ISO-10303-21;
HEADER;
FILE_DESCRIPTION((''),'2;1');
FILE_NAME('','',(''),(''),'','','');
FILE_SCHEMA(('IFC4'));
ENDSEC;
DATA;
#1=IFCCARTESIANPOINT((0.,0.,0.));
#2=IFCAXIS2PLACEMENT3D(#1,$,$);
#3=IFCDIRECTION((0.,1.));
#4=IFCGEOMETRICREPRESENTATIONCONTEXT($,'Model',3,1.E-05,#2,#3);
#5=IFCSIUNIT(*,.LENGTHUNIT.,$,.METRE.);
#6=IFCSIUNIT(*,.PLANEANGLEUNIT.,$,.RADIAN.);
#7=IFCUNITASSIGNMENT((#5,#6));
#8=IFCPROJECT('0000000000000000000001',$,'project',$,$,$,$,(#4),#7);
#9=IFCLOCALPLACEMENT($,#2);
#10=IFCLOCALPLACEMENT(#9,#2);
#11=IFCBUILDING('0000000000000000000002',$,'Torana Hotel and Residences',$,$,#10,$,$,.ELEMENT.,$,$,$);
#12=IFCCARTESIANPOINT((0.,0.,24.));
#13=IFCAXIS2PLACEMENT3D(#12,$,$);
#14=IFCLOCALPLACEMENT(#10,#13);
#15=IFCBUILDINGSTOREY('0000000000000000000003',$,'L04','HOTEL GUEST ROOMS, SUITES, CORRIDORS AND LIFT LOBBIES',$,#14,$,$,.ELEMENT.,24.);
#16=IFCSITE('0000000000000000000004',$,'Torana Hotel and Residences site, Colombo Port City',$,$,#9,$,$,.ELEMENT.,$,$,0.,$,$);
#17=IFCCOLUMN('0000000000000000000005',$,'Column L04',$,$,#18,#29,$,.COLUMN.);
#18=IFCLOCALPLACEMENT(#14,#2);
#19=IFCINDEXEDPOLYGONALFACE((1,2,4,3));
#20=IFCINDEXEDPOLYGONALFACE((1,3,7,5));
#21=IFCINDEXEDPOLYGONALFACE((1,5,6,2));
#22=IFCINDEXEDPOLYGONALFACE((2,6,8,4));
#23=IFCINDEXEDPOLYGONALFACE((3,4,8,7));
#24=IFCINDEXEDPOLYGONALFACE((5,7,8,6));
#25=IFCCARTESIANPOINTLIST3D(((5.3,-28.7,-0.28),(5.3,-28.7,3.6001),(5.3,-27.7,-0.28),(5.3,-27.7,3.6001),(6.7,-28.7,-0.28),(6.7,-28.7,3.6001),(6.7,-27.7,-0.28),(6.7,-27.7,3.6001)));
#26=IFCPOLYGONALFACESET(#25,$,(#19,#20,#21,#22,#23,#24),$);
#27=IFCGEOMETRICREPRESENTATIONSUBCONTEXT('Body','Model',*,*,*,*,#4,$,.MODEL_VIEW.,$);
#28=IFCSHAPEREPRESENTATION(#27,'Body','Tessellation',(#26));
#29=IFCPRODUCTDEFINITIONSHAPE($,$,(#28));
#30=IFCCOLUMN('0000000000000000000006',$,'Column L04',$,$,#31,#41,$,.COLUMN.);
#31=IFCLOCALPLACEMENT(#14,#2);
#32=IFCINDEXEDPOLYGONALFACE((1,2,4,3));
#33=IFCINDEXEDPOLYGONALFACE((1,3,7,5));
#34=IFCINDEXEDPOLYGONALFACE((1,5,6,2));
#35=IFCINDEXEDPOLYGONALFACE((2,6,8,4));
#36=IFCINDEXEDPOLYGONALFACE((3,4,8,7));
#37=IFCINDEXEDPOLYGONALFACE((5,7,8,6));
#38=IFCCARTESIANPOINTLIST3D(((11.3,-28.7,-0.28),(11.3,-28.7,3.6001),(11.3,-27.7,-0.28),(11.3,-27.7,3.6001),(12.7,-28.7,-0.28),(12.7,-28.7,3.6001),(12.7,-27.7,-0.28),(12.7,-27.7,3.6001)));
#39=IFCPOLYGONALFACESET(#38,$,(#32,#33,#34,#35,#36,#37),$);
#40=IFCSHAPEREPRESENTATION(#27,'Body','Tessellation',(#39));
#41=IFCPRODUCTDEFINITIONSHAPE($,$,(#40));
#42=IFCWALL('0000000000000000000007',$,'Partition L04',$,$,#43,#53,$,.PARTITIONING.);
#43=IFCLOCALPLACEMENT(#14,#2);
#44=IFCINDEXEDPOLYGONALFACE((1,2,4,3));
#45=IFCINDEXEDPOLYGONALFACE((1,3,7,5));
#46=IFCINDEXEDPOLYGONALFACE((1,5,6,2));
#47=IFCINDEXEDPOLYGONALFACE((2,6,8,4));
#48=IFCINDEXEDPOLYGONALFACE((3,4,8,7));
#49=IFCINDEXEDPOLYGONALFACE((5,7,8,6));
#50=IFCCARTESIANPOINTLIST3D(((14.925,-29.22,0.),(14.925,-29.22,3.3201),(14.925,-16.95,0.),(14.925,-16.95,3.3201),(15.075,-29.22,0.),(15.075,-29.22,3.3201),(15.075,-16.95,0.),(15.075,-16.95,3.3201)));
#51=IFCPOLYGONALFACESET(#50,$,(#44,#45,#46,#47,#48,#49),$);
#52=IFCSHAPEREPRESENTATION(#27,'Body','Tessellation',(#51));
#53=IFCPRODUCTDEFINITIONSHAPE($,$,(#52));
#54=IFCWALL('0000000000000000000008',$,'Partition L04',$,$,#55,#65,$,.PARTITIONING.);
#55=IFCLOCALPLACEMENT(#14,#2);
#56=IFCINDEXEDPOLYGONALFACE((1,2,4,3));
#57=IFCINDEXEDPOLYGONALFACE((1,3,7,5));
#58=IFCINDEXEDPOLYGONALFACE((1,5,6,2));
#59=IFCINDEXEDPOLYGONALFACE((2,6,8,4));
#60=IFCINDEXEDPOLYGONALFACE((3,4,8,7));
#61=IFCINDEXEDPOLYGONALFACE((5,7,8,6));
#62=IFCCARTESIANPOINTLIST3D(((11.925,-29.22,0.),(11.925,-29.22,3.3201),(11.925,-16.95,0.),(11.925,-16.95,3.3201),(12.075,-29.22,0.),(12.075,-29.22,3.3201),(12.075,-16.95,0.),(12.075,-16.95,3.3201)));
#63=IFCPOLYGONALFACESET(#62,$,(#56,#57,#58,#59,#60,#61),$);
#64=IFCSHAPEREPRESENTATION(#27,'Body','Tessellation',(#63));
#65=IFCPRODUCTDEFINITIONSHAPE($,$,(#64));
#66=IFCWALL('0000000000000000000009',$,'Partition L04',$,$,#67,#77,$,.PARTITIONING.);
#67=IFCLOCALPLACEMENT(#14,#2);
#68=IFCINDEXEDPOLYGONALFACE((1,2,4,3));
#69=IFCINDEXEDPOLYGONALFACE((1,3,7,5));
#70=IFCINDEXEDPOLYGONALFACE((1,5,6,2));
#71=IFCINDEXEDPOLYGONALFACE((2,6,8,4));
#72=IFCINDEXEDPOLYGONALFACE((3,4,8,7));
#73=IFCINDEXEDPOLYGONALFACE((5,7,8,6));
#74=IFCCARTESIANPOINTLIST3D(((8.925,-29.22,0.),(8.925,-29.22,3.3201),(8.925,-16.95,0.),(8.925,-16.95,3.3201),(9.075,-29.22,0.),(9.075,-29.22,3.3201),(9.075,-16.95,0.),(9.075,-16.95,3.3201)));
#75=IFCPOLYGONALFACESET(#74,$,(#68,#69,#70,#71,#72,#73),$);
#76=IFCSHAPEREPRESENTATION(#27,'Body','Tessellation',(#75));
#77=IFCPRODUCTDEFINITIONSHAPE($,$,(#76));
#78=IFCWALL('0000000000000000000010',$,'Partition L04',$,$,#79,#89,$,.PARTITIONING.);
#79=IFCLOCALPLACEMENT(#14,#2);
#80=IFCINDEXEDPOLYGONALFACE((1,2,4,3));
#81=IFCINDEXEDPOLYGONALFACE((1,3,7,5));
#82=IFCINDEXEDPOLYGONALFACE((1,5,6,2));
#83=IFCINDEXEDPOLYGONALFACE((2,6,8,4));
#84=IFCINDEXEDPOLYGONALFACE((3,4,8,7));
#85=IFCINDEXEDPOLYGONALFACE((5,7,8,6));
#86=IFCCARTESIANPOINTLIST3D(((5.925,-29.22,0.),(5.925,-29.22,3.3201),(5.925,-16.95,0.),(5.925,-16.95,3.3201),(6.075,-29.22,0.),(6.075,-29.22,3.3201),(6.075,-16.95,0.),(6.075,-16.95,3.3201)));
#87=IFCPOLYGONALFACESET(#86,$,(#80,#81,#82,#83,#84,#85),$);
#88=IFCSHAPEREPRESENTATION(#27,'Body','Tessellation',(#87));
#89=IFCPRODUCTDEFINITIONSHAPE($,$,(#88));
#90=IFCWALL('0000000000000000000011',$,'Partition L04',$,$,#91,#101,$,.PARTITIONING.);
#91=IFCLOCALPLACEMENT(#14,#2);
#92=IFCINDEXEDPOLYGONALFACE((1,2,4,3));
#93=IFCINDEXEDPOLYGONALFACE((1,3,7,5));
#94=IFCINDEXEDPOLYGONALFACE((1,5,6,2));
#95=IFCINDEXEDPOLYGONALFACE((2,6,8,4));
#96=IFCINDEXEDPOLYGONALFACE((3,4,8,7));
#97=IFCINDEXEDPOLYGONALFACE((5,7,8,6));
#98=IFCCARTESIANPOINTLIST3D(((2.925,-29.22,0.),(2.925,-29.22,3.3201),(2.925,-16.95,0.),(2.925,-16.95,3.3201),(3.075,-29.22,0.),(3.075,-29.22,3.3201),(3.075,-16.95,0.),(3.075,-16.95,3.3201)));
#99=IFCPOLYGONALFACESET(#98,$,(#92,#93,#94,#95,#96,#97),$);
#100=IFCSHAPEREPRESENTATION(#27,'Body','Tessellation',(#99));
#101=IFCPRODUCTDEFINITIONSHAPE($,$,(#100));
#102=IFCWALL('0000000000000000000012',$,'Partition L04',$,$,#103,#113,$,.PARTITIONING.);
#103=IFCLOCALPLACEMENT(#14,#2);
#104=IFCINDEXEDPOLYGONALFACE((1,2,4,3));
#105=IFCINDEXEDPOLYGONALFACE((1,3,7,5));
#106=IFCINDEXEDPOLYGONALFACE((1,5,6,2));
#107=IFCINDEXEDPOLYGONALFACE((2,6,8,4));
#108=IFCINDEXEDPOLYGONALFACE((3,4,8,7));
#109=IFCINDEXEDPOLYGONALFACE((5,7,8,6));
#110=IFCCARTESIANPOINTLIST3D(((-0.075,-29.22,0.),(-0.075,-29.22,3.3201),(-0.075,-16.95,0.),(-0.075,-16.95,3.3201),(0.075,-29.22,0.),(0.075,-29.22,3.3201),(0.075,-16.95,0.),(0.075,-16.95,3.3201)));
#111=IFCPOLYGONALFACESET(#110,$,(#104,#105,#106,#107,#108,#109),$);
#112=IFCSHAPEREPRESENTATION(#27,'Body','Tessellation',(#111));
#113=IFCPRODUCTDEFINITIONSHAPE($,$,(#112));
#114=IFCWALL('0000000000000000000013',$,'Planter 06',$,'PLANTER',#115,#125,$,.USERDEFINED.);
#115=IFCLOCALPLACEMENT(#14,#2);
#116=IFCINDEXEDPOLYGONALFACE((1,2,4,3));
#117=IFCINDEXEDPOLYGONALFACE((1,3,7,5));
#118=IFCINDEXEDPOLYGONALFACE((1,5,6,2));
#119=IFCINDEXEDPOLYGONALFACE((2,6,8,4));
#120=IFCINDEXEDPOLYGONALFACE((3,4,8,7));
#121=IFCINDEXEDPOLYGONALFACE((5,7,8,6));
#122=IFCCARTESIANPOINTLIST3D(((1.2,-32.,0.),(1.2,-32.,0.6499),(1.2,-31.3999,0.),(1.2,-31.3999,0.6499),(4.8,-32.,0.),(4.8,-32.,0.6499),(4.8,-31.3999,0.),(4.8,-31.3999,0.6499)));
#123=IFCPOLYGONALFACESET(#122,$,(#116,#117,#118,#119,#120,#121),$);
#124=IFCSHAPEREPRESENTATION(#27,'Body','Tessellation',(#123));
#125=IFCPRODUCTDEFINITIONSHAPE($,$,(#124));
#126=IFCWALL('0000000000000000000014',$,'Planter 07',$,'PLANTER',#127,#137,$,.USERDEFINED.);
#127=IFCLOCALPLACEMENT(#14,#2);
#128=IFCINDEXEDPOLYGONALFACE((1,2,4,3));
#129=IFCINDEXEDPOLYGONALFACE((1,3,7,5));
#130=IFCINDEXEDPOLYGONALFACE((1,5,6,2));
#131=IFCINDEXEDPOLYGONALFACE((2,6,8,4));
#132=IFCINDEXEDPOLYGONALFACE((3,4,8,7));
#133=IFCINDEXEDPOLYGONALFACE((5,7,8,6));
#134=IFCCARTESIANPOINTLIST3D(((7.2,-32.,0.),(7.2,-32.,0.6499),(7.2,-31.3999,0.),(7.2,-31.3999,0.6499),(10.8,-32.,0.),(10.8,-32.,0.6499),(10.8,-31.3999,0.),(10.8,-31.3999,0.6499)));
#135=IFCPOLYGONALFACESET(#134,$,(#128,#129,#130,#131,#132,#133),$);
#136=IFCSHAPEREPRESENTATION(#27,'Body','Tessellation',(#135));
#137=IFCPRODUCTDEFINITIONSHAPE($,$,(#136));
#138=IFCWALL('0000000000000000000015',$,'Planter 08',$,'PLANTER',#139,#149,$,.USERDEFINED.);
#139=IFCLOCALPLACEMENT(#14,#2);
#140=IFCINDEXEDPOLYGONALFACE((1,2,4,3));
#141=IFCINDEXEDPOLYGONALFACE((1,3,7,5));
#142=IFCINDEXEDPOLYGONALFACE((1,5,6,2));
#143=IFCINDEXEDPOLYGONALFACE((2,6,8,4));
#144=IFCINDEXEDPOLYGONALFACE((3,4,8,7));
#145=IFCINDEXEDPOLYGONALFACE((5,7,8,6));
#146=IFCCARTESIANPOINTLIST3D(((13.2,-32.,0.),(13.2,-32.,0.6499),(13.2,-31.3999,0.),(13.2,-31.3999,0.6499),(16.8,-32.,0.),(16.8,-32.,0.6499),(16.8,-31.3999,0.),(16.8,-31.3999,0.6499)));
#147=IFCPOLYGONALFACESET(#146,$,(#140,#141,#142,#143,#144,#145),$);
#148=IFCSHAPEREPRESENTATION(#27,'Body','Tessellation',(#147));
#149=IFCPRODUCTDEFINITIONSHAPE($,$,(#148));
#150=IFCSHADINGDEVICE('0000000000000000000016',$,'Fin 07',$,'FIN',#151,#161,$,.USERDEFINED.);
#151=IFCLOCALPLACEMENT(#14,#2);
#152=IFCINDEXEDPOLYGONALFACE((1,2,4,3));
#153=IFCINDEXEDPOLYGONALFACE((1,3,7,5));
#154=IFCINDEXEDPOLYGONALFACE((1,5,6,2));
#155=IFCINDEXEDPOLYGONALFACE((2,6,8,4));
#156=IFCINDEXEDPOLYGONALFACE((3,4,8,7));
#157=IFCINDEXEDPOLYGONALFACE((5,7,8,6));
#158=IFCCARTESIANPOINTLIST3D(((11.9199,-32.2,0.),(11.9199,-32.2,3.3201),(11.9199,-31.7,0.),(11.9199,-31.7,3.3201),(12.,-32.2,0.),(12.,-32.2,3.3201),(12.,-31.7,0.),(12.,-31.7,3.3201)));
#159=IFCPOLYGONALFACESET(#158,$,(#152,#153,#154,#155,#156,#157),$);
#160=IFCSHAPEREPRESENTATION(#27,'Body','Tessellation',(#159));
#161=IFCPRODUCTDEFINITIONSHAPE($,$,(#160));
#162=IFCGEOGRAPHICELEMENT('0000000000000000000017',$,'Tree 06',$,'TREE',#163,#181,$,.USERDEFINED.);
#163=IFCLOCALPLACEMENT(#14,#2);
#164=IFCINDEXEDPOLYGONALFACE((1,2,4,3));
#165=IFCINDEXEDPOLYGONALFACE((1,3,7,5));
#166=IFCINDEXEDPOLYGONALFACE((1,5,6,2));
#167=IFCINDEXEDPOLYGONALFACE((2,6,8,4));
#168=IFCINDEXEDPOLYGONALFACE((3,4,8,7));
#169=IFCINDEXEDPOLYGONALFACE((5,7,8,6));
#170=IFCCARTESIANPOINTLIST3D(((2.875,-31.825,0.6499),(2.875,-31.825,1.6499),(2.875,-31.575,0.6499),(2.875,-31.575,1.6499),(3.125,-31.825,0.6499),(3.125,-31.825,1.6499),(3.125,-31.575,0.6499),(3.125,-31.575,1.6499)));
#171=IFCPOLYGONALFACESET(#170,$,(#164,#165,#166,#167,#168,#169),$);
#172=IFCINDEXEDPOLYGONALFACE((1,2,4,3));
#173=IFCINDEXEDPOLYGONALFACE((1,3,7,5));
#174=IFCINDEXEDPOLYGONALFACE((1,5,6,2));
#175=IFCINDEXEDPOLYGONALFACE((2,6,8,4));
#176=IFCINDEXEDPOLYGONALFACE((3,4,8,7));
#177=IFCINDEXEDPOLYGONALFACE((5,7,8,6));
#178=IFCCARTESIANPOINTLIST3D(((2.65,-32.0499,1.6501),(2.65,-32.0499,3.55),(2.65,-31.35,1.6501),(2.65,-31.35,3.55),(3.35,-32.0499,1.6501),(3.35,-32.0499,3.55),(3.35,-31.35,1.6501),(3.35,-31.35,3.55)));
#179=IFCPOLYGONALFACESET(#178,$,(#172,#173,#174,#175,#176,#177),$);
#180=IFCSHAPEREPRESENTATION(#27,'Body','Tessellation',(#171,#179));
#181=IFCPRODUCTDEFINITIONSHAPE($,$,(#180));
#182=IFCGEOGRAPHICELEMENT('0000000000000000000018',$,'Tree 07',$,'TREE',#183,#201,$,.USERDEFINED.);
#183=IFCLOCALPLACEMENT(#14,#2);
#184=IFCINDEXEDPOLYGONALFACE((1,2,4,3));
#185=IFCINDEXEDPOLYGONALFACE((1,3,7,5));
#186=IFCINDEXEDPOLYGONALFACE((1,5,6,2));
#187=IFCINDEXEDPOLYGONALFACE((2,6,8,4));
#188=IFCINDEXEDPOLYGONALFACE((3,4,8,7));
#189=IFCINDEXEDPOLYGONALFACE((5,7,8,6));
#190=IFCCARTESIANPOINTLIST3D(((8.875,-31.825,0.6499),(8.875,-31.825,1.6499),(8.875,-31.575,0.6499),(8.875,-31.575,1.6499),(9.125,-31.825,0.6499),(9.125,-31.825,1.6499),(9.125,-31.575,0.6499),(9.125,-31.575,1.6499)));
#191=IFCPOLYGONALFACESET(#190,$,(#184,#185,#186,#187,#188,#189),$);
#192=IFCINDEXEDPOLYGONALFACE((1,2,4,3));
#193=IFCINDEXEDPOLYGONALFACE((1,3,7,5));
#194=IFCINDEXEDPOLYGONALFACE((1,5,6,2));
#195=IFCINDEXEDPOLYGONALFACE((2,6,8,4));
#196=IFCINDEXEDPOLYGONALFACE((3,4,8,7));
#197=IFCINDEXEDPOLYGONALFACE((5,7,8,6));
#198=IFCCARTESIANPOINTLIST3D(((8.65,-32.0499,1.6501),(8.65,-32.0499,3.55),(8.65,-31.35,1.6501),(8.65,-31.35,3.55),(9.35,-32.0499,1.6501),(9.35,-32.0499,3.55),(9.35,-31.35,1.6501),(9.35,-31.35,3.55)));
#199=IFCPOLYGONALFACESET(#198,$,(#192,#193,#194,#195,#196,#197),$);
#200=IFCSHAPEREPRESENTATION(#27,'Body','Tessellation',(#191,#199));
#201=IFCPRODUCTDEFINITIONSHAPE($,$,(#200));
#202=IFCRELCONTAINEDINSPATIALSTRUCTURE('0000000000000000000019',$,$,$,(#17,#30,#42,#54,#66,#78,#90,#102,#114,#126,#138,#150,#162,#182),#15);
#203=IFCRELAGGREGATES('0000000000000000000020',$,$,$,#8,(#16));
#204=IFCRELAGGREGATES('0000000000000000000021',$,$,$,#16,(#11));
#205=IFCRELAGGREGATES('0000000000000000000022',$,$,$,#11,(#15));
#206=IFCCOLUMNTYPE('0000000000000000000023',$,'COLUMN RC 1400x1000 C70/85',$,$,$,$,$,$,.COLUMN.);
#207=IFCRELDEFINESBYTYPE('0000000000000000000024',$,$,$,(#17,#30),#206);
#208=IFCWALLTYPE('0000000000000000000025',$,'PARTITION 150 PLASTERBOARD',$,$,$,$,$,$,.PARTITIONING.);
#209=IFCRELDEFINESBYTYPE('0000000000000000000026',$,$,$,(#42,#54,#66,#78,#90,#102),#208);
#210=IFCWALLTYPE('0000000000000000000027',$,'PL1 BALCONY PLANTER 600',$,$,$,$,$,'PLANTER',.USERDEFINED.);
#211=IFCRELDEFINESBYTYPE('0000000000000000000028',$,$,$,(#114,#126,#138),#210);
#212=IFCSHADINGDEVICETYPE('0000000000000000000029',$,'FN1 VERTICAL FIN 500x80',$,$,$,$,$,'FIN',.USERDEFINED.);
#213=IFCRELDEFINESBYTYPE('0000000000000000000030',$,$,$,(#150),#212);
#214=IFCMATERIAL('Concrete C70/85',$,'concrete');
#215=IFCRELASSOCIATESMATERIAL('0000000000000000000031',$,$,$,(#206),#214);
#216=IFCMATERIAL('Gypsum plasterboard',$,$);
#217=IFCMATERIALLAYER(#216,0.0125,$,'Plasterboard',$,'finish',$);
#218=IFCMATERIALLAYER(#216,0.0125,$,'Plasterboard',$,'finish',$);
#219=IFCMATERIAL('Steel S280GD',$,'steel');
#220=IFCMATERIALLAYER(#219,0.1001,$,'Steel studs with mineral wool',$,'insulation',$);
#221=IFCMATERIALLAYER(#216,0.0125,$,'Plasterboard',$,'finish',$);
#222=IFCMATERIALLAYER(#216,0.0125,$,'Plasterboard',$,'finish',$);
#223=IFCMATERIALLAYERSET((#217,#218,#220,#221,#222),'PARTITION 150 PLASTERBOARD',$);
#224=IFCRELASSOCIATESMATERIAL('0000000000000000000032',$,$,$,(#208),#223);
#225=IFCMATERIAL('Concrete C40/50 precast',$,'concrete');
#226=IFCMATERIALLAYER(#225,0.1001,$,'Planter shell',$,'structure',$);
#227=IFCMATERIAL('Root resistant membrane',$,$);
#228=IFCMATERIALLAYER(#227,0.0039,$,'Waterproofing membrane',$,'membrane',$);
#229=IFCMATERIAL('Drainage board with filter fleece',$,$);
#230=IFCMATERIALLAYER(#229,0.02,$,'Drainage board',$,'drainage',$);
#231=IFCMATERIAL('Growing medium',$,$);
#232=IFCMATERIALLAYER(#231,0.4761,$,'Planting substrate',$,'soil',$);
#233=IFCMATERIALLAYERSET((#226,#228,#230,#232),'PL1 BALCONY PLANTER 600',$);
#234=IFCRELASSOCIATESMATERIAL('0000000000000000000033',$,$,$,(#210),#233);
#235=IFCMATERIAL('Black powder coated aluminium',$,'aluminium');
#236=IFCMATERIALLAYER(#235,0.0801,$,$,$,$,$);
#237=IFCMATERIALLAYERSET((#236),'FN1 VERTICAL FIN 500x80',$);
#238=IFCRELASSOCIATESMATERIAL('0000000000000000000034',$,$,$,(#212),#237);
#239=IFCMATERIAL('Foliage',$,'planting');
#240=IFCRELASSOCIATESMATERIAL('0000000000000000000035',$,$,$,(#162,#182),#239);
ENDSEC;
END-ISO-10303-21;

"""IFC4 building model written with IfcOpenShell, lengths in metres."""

from ifc_helpers import new_model, si_unit, direction, frame, frame_2d, origin, origin_2d, place, context, subcontext, project, spatial, rectangle, extrude, material, layer, layer_set, material_profile, profile_set, type_object, element, save


model = new_model("IFC4")

# Units and contexts
model_context = context("Model", 3, precision=1e-05, world=origin(), true_north=direction((0.0, 1.0)))
body_context = subcontext(model_context, "Body", "Model", "MODEL_VIEW")
ifc_project = project(units=[si_unit("LENGTHUNIT", "METRE"), si_unit("PLANEANGLEUNIT", "RADIAN")], contexts=[model_context])

# Site, building, storey
site_placement = place(None, origin())
site = spatial("IfcSite", under=ifc_project, at=site_placement, Name="Torana Hotel and Residences site, Colombo Port City", CompositionType="ELEMENT", RefElevation=0.0)
building_placement = place(site_placement, origin())
building = spatial("IfcBuilding", under=site, at=building_placement, Name="Torana Hotel and Residences", CompositionType="ELEMENT")
storey_placement = place(building_placement, frame((0.0, 0.0, 24.0)))
storey = spatial("IfcBuildingStorey", under=building, at=storey_placement, Name="L04", Description="HOTEL GUEST ROOMS, SUITES, CORRIDORS AND LIFT LOBBIES", CompositionType="ELEMENT", Elevation=24.0)

# Columns
ifc_material_1 = material(Name="Concrete C70/85", Category="concrete")
ifc_material_profile = material_profile(ifc_material_1, rectangle(XDim=1.3999, YDim=1.0, at=origin_2d()), Name="RC 1400x1000")
ifc_profile_set = profile_set([ifc_material_profile], Name="Concrete C70/85")
column_type = type_object("IfcColumnType", Name="COLUMN RC 1400x1000 C70/85", PredefinedType="COLUMN", material=ifc_profile_set)
for number, where, z_axis, x_axis, name in (
    (1, (6.0, -28.2, -0.28), (0.0, 0.0, 1.0), (1.0, 0.0, 0.0), "Column L04"),
    (2, (12.0, -28.2, -0.28), (0.0, 0.0, 1.0), (1.0, 0.0, 0.0), "Column L04"),
):
    element("IfcColumn", number, at=place(storey_placement, frame(where, z_axis=z_axis, x_axis=x_axis)), inside=storey, type_object=column_type, Name=name, PredefinedType="COLUMN", context=body_context, shape_type="SweptSolid", body=[
        extrude(rectangle(XDim=1.3999, YDim=1.0, at=origin_2d()), origin(), (0.0, 0.0, 1.0), 3.8801),
    ])

# Walls
ifc_material_2 = material(Name="Gypsum plasterboard")
ifc_layer_1 = layer(ifc_material_2, 0.0125, Name="Plasterboard", Category="finish")
ifc_layer_2 = layer(ifc_material_2, 0.0125, Name="Plasterboard", Category="finish")
ifc_material_3 = material(Name="Steel S280GD", Category="steel")
ifc_layer_3 = layer(ifc_material_3, 0.1001, Name="Steel studs with mineral wool", Category="insulation")
ifc_layer_4 = layer(ifc_material_2, 0.0125, Name="Plasterboard", Category="finish")
ifc_layer_5 = layer(ifc_material_2, 0.0125, Name="Plasterboard", Category="finish")
ifc_layer_set_1 = layer_set([ifc_layer_1, ifc_layer_2, ifc_layer_3, ifc_layer_4, ifc_layer_5], Name="PARTITION 150 PLASTERBOARD")
wall_type_1 = type_object("IfcWallType", Name="PARTITION 150 PLASTERBOARD", PredefinedType="PARTITIONING", material=ifc_layer_set_1)
for number, where, z_axis, x_axis, name in (
    (3, (15.0, -29.22, 0.0), (0.0, 0.0, 1.0), (0.0, 1.0, 0.0), "Partition L04"),
    (4, (12.0, -29.22, 0.0), (0.0, 0.0, 1.0), (0.0, 1.0, 0.0), "Partition L04"),
    (5, (9.0, -29.22, 0.0), (0.0, 0.0, 1.0), (0.0, 1.0, 0.0), "Partition L04"),
    (6, (6.0, -29.22, 0.0), (0.0, 0.0, 1.0), (0.0, 1.0, 0.0), "Partition L04"),
    (7, (3.0, -29.22, 0.0), (0.0, 0.0, 1.0), (0.0, 1.0, 0.0), "Partition L04"),
    (8, (0.0, -29.22, 0.0), (0.0, 0.0, 1.0), (0.0, 1.0, 0.0), "Partition L04"),
):
    element("IfcWall", number, at=place(storey_placement, frame(where, z_axis=z_axis, x_axis=x_axis)), inside=storey, type_object=wall_type_1, Name=name, PredefinedType="PARTITIONING", context=body_context, shape_type="SweptSolid", body=[
        extrude(rectangle(XDim=12.27, YDim=0.1499, at=frame_2d((6.135, 0.0))), origin(), (0.0, 0.0, 1.0), 3.3201),
    ])
ifc_material_4 = material(Name="Concrete C40/50 precast", Category="concrete")
ifc_layer_6 = layer(ifc_material_4, 0.1001, Name="Planter shell", Category="structure")
ifc_material_5 = material(Name="Root resistant membrane")
ifc_layer_7 = layer(ifc_material_5, 0.0039, Name="Waterproofing membrane", Category="membrane")
ifc_material_6 = material(Name="Drainage board with filter fleece")
ifc_layer_8 = layer(ifc_material_6, 0.02, Name="Drainage board", Category="drainage")
ifc_material_7 = material(Name="Growing medium")
ifc_layer_9 = layer(ifc_material_7, 0.4761, Name="Planting substrate", Category="soil")
ifc_layer_set_2 = layer_set([ifc_layer_6, ifc_layer_7, ifc_layer_8, ifc_layer_9], Name="PL1 BALCONY PLANTER 600")
wall_type_2 = type_object("IfcWallType", Name="PL1 BALCONY PLANTER 600", ElementType="PLANTER", PredefinedType="USERDEFINED", material=ifc_layer_set_2)
for number, where, z_axis, x_axis, name in (
    (9, (4.8, -31.7, 0.0), (0.0, 0.0, 1.0), (-1.0, 0.0, 0.0), "Planter 06"),
    (10, (10.8, -31.7, 0.0), (0.0, 0.0, 1.0), (-1.0, 0.0, 0.0), "Planter 07"),
    (11, (16.8, -31.7, 0.0), (0.0, 0.0, 1.0), (-1.0, 0.0, 0.0), "Planter 08"),
):
    element("IfcWall", number, at=place(storey_placement, frame(where, z_axis=z_axis, x_axis=x_axis)), inside=storey, type_object=wall_type_2, Name=name, ObjectType="PLANTER", PredefinedType="USERDEFINED", context=body_context, shape_type="SweptSolid", body=[
        extrude(rectangle(XDim=3.6001, YDim=0.6001, at=frame_2d((1.8, 0.0))), origin(), (0.0, 0.0, 1.0), 0.6499),
    ])

# Shading device
ifc_material_8 = material(Name="Black powder coated aluminium", Category="aluminium")
ifc_layer_10 = layer(ifc_material_8, 0.0801)
ifc_layer_set_3 = layer_set([ifc_layer_10], Name="FN1 VERTICAL FIN 500x80")
shading_device_type = type_object("IfcShadingDeviceType", Name="FN1 VERTICAL FIN 500x80", ElementType="FIN", PredefinedType="USERDEFINED", material=ifc_layer_set_3)
shading_device_placement = place(storey_placement, frame((11.96, -31.95, 0.0), z_axis=(0.0, 0.0, 1.0), x_axis=(-1.0, 0.0, 0.0)))
element("IfcShadingDevice", 12, at=shading_device_placement, inside=storey, type_object=shading_device_type, Name="Fin 07", ObjectType="FIN", PredefinedType="USERDEFINED", context=body_context, shape_type="SweptSolid", body=[
    extrude(rectangle(XDim=0.0801, YDim=0.5, at=origin_2d()), origin(), (0.0, 0.0, 1.0), 3.3201),
])

# Geographic elements
ifc_material_9 = material(Name="Foliage", Category="planting")
for number, where, z_axis, x_axis, name in (
    (13, (3.0, -31.7, 0.6499), (0.0, 0.0, 1.0), (1.0, 0.0, 0.0), "Tree 06"),
    (14, (9.0, -31.7, 0.6499), (0.0, 0.0, 1.0), (1.0, 0.0, 0.0), "Tree 07"),
):
    element("IfcGeographicElement", number, at=place(storey_placement, frame(where, z_axis=z_axis, x_axis=x_axis)), inside=storey, material=ifc_material_9, Name=name, ObjectType="TREE", PredefinedType="USERDEFINED", context=body_context, shape_type="SweptSolid", body=[
        extrude(rectangle(XDim=0.25, YDim=0.25, at=origin_2d()), origin(), (0.0, 0.0, 1.0), 1.0),
        extrude(rectangle(XDim=0.7, YDim=0.7, at=origin_2d()), frame((0.0, 0.0, 1.0002)), (0.0, 0.0, 1.0), 1.8999),
    ])

save(model, "model.ifc")
